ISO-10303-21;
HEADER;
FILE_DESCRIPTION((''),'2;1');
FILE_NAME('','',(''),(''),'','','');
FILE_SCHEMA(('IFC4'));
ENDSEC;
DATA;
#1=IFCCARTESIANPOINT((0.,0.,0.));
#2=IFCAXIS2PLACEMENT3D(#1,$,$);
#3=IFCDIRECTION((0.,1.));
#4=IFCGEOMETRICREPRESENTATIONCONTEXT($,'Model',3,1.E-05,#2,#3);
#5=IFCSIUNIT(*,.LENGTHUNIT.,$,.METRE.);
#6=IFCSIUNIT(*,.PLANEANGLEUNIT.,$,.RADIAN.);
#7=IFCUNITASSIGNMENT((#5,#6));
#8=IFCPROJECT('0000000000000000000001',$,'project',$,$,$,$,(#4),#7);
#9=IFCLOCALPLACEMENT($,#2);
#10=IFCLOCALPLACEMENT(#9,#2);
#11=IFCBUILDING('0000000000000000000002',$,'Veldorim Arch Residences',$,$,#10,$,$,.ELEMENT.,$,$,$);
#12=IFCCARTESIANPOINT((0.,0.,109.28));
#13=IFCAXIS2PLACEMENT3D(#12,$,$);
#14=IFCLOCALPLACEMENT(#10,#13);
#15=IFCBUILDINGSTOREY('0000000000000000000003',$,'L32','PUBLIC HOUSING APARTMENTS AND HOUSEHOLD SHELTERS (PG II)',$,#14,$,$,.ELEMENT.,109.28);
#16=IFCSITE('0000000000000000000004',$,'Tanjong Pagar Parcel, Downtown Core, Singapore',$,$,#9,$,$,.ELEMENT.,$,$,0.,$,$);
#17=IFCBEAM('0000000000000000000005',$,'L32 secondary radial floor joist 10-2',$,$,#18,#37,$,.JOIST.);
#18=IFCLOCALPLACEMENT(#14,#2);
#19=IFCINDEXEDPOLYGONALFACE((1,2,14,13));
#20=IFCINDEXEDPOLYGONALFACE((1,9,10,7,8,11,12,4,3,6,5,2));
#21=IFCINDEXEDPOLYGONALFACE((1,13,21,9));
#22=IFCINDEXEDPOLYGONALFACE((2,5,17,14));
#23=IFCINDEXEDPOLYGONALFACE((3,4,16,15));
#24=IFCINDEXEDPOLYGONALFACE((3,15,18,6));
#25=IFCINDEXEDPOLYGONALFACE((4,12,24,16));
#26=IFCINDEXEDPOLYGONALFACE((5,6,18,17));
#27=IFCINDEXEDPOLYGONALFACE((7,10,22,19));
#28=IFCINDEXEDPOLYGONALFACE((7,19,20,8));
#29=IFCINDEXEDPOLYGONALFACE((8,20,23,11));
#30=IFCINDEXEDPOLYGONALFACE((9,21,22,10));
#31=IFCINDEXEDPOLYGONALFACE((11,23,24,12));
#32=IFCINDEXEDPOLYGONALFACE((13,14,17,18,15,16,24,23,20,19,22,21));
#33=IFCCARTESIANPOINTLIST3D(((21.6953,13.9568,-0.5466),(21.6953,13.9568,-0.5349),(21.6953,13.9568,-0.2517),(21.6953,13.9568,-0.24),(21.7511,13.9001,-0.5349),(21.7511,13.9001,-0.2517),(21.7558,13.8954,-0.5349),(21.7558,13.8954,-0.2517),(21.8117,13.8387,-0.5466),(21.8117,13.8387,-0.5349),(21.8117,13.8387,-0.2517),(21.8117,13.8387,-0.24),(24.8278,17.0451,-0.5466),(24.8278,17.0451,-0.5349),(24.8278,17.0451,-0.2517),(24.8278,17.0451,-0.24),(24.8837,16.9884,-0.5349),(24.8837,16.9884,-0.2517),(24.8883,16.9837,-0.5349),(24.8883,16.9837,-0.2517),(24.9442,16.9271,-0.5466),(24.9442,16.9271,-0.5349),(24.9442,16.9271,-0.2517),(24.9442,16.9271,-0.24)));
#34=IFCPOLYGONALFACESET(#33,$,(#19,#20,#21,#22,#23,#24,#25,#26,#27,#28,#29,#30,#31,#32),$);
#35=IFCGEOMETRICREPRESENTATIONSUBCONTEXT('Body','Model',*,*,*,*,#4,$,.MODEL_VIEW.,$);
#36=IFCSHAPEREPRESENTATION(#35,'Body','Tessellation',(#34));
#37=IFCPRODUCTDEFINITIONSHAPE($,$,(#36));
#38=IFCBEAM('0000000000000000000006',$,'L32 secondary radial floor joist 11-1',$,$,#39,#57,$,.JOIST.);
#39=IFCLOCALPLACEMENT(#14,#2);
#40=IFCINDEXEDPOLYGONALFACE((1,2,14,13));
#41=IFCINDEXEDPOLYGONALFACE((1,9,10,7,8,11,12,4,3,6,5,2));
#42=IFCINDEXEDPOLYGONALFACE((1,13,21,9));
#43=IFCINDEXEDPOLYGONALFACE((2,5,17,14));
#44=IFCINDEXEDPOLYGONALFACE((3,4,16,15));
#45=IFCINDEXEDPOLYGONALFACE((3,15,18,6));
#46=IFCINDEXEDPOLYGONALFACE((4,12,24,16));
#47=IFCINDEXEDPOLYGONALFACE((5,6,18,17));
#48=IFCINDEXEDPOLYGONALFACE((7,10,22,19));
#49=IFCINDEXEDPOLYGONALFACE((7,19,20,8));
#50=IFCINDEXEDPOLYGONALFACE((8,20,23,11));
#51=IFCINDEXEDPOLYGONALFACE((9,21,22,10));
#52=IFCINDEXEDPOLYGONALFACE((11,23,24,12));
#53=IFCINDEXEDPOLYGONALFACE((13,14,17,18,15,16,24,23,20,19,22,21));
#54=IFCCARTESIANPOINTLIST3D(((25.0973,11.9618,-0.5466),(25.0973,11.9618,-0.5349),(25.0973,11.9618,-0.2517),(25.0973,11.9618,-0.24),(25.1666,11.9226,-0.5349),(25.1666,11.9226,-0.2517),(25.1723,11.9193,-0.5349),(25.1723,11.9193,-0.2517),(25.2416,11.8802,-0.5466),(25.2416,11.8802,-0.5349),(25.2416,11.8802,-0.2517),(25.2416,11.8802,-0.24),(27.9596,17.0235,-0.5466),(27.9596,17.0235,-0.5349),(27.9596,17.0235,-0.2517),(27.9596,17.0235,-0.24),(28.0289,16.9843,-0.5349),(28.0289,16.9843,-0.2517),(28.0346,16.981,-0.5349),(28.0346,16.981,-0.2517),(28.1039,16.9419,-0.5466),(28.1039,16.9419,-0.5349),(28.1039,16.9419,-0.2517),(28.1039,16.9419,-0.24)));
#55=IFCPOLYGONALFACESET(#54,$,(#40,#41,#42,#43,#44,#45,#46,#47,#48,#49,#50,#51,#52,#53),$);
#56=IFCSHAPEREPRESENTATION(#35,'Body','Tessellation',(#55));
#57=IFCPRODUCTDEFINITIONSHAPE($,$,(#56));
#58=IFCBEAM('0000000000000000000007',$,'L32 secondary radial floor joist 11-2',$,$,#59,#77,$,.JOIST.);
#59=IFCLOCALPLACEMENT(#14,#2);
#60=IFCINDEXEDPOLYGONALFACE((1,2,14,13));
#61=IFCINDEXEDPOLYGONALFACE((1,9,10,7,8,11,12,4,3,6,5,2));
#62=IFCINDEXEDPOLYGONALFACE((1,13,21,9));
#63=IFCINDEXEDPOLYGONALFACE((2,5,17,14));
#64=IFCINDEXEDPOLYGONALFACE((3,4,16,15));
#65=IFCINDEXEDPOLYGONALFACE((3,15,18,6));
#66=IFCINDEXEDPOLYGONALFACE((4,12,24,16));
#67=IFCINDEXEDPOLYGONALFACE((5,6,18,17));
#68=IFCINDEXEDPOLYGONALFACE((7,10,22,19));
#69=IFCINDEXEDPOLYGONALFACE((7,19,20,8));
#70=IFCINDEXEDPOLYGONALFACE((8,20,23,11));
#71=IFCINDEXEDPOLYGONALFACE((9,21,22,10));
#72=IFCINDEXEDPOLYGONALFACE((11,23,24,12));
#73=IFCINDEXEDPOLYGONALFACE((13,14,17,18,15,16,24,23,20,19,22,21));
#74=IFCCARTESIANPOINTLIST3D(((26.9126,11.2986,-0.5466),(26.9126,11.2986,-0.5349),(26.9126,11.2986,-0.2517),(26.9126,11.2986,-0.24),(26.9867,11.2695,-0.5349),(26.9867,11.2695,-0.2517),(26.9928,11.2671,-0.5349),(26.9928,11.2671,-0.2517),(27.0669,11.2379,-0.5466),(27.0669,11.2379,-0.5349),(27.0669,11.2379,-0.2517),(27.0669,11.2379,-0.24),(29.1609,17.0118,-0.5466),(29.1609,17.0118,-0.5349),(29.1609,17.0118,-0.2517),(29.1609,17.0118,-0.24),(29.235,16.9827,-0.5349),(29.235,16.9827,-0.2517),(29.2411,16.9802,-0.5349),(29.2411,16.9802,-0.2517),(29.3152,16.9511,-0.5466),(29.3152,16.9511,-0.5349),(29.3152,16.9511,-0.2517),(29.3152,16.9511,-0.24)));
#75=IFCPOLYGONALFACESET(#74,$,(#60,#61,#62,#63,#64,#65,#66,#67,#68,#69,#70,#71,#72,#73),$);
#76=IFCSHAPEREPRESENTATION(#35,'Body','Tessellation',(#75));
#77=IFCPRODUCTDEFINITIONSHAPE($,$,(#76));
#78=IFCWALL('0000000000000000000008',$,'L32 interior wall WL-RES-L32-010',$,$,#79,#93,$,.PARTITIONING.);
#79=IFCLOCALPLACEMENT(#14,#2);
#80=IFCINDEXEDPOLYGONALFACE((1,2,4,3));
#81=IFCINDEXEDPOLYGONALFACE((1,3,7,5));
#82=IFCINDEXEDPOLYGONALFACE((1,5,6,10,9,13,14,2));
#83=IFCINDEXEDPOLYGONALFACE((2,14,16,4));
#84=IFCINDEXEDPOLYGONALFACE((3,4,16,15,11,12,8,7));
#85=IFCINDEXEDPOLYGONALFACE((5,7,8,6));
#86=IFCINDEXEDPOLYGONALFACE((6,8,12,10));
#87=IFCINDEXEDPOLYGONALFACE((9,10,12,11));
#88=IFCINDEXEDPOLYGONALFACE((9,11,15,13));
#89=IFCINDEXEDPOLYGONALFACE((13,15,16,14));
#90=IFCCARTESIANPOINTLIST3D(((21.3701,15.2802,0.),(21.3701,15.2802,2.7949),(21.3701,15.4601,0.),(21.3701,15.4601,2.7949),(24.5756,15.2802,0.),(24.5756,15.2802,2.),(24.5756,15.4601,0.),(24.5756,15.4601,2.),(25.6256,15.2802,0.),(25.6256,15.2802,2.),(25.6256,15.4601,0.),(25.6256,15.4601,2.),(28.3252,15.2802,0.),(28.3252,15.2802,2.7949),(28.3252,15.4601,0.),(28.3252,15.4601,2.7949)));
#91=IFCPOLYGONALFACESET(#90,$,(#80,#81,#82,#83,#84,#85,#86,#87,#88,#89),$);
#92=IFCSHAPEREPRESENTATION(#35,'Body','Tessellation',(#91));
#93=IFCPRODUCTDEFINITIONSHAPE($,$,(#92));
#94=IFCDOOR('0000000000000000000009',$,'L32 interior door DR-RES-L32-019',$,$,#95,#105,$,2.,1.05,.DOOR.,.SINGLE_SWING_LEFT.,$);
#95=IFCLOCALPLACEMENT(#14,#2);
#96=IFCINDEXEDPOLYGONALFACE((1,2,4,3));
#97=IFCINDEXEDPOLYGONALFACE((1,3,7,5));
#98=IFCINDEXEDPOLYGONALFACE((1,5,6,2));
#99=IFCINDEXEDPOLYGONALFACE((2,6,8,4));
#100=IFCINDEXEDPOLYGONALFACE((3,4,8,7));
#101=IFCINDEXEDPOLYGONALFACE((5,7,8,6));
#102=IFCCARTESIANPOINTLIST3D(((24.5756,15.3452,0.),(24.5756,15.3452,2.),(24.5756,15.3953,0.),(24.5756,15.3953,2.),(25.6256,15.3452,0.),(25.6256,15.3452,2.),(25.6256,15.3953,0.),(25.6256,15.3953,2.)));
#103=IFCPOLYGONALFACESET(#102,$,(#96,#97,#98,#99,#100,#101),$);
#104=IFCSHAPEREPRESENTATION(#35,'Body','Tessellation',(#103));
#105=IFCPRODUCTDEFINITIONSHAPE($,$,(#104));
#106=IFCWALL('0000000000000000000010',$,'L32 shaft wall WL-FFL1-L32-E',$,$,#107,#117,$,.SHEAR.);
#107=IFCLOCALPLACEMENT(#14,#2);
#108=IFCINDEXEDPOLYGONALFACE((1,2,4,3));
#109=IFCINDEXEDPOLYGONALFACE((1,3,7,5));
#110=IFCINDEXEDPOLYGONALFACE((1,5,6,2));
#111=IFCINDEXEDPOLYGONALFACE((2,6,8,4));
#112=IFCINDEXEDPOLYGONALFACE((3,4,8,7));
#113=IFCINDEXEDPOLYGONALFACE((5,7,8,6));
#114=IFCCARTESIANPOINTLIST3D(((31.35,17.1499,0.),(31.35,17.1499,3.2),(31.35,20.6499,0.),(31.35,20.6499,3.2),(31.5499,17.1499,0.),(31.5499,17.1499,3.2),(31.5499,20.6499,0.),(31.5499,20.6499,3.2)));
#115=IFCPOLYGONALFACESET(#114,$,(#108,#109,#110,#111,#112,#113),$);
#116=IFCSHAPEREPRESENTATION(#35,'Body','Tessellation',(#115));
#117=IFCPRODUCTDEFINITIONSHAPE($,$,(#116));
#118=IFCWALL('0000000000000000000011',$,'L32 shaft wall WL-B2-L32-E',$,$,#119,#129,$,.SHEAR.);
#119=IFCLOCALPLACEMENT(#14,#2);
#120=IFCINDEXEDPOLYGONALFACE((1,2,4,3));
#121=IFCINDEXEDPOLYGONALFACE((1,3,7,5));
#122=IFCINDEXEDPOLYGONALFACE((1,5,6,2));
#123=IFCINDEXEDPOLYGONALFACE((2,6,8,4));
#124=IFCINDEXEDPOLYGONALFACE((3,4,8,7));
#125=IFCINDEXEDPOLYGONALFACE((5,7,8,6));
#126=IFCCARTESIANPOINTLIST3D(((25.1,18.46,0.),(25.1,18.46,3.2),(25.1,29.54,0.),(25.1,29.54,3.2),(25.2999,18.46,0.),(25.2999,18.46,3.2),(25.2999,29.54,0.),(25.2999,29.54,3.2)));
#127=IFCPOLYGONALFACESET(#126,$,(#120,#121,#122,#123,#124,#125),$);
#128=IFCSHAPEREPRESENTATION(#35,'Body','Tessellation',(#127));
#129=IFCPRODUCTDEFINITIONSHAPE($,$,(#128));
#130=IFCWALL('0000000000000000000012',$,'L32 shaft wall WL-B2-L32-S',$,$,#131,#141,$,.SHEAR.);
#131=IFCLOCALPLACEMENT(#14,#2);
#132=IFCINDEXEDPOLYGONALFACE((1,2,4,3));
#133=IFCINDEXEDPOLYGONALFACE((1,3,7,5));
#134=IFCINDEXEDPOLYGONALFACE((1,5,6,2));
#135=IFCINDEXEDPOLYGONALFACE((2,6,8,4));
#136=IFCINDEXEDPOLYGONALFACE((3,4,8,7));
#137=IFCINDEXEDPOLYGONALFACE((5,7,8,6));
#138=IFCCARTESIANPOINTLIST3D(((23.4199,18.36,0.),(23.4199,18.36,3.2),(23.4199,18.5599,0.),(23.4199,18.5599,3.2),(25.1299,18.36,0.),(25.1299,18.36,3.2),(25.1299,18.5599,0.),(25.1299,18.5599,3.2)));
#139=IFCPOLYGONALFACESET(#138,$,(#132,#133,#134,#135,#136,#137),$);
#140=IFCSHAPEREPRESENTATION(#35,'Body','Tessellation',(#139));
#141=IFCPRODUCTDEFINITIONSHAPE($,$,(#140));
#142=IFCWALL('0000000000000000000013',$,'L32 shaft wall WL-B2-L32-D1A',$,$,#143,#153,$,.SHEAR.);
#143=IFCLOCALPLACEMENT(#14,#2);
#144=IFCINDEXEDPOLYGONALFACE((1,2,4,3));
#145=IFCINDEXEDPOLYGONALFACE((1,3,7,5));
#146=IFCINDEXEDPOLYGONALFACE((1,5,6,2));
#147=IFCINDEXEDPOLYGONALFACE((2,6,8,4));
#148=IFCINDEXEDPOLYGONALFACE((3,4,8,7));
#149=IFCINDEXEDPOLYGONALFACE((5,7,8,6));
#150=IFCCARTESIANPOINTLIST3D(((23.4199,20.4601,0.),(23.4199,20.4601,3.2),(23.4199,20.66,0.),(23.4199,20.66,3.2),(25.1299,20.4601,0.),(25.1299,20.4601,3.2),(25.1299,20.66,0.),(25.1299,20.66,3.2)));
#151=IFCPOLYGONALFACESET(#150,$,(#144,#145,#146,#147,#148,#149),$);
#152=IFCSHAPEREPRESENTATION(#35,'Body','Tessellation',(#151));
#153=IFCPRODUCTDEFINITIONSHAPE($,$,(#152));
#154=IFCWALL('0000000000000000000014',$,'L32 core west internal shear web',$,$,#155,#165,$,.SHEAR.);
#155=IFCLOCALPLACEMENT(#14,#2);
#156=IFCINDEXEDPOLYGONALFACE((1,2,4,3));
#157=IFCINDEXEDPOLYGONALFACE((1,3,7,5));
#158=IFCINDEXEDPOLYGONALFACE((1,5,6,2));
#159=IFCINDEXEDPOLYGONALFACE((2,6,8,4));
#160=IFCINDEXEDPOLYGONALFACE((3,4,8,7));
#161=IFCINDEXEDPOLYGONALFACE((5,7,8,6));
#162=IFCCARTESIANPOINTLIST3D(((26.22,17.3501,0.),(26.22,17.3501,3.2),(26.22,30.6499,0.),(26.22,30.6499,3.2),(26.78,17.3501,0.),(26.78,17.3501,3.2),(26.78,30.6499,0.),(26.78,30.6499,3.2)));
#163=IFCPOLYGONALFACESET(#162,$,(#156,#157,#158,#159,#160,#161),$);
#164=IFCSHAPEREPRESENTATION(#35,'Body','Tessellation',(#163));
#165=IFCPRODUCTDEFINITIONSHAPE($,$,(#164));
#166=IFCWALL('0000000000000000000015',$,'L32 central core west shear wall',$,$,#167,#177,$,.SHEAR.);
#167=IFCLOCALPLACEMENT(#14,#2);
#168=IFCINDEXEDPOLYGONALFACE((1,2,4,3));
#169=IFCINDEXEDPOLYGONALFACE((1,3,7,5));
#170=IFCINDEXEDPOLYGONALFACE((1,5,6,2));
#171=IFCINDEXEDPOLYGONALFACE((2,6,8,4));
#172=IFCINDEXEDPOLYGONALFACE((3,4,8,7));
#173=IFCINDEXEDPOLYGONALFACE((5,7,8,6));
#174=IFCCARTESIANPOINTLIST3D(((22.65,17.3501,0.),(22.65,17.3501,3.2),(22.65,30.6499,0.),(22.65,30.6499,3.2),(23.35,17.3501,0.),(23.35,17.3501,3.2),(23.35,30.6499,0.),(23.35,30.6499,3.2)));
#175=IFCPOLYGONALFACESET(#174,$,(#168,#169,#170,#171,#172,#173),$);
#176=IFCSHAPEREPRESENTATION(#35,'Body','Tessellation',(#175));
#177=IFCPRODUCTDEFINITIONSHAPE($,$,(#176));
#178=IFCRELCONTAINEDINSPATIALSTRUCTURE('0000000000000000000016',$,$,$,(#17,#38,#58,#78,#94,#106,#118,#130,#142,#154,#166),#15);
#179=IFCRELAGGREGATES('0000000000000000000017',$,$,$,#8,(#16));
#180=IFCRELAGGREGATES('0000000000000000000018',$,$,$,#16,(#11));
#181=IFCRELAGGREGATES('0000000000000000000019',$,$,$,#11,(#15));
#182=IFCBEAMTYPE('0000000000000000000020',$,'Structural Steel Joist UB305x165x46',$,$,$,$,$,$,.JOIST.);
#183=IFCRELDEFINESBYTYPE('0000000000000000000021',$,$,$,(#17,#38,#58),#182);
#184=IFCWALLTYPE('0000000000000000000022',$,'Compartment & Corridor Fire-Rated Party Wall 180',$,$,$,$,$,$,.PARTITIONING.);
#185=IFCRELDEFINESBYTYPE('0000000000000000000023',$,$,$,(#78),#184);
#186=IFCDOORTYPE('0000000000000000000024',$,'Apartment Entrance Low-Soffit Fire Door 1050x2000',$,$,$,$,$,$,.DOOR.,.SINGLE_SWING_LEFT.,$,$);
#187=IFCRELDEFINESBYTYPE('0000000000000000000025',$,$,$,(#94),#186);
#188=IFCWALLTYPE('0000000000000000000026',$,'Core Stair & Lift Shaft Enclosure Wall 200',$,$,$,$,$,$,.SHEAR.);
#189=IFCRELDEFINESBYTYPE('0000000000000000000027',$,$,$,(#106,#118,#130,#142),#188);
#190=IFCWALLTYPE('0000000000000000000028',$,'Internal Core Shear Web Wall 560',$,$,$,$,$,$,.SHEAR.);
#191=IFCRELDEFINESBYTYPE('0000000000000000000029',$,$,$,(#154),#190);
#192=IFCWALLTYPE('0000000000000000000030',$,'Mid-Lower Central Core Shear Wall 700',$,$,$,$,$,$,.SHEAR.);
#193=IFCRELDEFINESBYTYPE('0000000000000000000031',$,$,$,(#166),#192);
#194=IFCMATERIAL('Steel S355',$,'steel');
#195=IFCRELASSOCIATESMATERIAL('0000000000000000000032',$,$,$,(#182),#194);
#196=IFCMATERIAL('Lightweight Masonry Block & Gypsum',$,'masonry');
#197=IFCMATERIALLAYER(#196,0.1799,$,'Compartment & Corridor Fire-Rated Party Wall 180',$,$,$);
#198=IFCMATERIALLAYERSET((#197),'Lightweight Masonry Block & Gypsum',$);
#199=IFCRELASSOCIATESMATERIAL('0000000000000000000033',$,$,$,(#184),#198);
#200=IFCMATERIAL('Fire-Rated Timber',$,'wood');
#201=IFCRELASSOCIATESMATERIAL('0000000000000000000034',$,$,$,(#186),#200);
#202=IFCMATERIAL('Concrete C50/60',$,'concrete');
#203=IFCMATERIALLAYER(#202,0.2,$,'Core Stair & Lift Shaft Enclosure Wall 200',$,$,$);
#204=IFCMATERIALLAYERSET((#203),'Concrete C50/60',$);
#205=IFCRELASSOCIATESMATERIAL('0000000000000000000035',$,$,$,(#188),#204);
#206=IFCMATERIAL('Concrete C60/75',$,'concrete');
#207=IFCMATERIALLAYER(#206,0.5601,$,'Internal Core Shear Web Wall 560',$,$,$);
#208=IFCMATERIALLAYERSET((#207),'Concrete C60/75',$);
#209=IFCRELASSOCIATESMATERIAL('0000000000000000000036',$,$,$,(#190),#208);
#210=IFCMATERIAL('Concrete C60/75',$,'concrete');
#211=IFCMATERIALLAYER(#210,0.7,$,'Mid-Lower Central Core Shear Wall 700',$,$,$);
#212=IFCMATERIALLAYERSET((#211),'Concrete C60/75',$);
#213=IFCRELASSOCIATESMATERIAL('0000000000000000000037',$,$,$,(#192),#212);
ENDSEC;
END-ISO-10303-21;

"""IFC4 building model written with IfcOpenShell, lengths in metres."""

from ifc_helpers import new_model, si_unit, direction, frame, frame_2d, origin, origin_2d, place, context, subcontext, project, spatial, rectangle, i_section, extrude, material, layer, layer_set, material_profile, profile_set, type_object, element, fill, save


model = new_model("IFC4")

# Units and contexts
model_context = context("Model", 3, precision=1e-05, world=origin(), true_north=direction((0.0, 1.0)))
body_context = subcontext(model_context, "Body", "Model", "MODEL_VIEW")
ifc_project = project(units=[si_unit("LENGTHUNIT", "METRE"), si_unit("PLANEANGLEUNIT", "RADIAN")], contexts=[model_context])

# Site, building, storey
site_placement = place(None, origin())
site = spatial("IfcSite", under=ifc_project, at=site_placement, Name="Tanjong Pagar Parcel, Downtown Core, Singapore", CompositionType="ELEMENT", RefElevation=0.0)
building_placement = place(site_placement, origin())
building = spatial("IfcBuilding", under=site, at=building_placement, Name="Veldorim Arch Residences", CompositionType="ELEMENT")
storey_placement = place(building_placement, frame((0.0, 0.0, 109.28)))
storey = spatial("IfcBuildingStorey", under=building, at=storey_placement, Name="L32", Description="PUBLIC HOUSING APARTMENTS AND HOUSEHOLD SHELTERS (PG II)", CompositionType="ELEMENT", Elevation=109.28)

# Beams
ifc_material_1 = material(Name="Steel S355", Category="steel")
ifc_material_profile_1 = material_profile(ifc_material_1, i_section(OverallWidth=0.1658, OverallDepth=0.3066, WebThickness=0.0066, FlangeThickness=0.0117, at=origin_2d()), Name="UB305x165x46")
ifc_profile_set_1 = profile_set([ifc_material_profile_1], Name="Steel S355")
beam_type_1 = type_object("IfcBeamType", Name="Structural Steel Joist UB305x165x46", PredefinedType="JOIST", material=ifc_profile_set_1)
beam_1_placement = place(storey_placement, frame((24.886, 16.9861, -0.3933), z_axis=(-0.712112, -0.702066, 0.0), x_axis=(0.702066, -0.712112, 0.0)))
element("IfcBeam", 1, at=beam_1_placement, inside=storey, type_object=beam_type_1, Name="L32 secondary radial floor joist 10-2", PredefinedType="JOIST", context=body_context, shape_type="SweptSolid", body=[
    extrude(i_section(OverallWidth=0.1658, OverallDepth=0.3066, WebThickness=0.0066, FlangeThickness=0.0117, at=origin_2d()), origin(), (0.0, 0.0, 1.0), 4.3989),
])
beam_2_placement = place(storey_placement, frame((28.0317, 16.9827, -0.3933), z_axis=(-0.492227, -0.870467, 0.0), x_axis=(0.870467, -0.492227, 0.0)))
element("IfcBeam", 2, at=beam_2_placement, inside=storey, type_object=beam_type_1, Name="L32 secondary radial floor joist 11-1", PredefinedType="JOIST", context=body_context, shape_type="SweptSolid", body=[
    extrude(i_section(OverallWidth=0.1658, OverallDepth=0.3066, WebThickness=0.0066, FlangeThickness=0.0117, at=origin_2d()), origin(), (0.0, 0.0, 1.0), 5.8149),
])
beam_3_placement = place(storey_placement, frame((29.238, 16.9814, -0.3933), z_axis=(-0.366195, -0.930538, 0.0), x_axis=(0.930538, -0.366195, 0.0)))
element("IfcBeam", 3, at=beam_3_placement, inside=storey, type_object=beam_type_1, Name="L32 secondary radial floor joist 11-2", PredefinedType="JOIST", context=body_context, shape_type="SweptSolid", body=[
    extrude(i_section(OverallWidth=0.1658, OverallDepth=0.3066, WebThickness=0.0066, FlangeThickness=0.0117, at=origin_2d()), origin(), (0.0, 0.0, 1.0), 6.1396),
])

# Wall, opening, door
ifc_material_2 = material(Name="Lightweight Masonry Block & Gypsum", Category="masonry")
ifc_layer_1 = layer(ifc_material_2, 0.1799, Name="Compartment & Corridor Fire-Rated Party Wall 180")
ifc_layer_set_1 = layer_set([ifc_layer_1], Name="Lightweight Masonry Block & Gypsum")
wall_type_1 = type_object("IfcWallType", Name="Compartment & Corridor Fire-Rated Party Wall 180", PredefinedType="PARTITIONING", material=ifc_layer_set_1)
wall_1_placement = place(storey_placement, frame((28.3252, 15.3701, 0.0), z_axis=(0.0, 0.0, 1.0), x_axis=(-1.0, 0.0, 0.0)))
wall_1 = element("IfcWall", 4, at=wall_1_placement, inside=storey, type_object=wall_type_1, Name="L32 interior wall WL-RES-L32-010", PredefinedType="PARTITIONING", context=body_context, shape_type="SweptSolid", body=[
    extrude(rectangle(XDim=6.9551, YDim=0.1799, at=frame_2d((3.4775, 0.0))), origin(), (0.0, 0.0, 1.0), 2.7949),
])
opening_1_placement = place(wall_1_placement, frame((2.6997, 0.0, 0.0)))
opening_1 = element("IfcOpeningElement", 5, at=opening_1_placement, cuts=wall_1, PredefinedType="OPENING", context=body_context, shape_type="SweptSolid", body=[
    extrude(rectangle(XDim=1.05, YDim=2.0, at=frame_2d((0.5249, 1.0))), frame((0.0, 0.0999, 0.0), z_axis=(0.0, -1.0, 0.0), x_axis=(1.0, 0.0, 0.0)), (0.0, 0.0, 1.0), 0.2),
])
ifc_material_3 = material(Name="Fire-Rated Timber", Category="wood")
door_type_1 = type_object("IfcDoorType", Name="Apartment Entrance Low-Soffit Fire Door 1050x2000", OperationType="SINGLE_SWING_LEFT", PredefinedType="DOOR", material=ifc_material_3)
door_1_placement = place(opening_1_placement, origin())
door_1 = element("IfcDoor", 6, at=door_1_placement, inside=storey, type_object=door_type_1, Name="L32 interior door DR-RES-L32-019", OperationType="SINGLE_SWING_LEFT", OverallHeight=2.0, OverallWidth=1.05, PredefinedType="DOOR", context=body_context, shape_type="SweptSolid", body=[
    extrude(rectangle(XDim=1.05, YDim=2.0, at=frame_2d((0.5249, 1.0))), frame((0.0, 0.0249, 0.0), z_axis=(0.0, -1.0, 0.0), x_axis=(1.0, 0.0, 0.0)), (0.0, 0.0, 1.0), 0.05),
])
fill(opening_1, door_1)
ifc_material_4 = material(Name="Concrete C50/60", Category="concrete")
ifc_layer_2 = layer(ifc_material_4, 0.2, Name="Core Stair & Lift Shaft Enclosure Wall 200")
ifc_layer_set_2 = layer_set([ifc_layer_2], Name="Concrete C50/60")
wall_type_2 = type_object("IfcWallType", Name="Core Stair & Lift Shaft Enclosure Wall 200", PredefinedType="SHEAR", material=ifc_layer_set_2)

# Wall
wall_2_placement = place(storey_placement, frame((31.45, 17.1499, 0.0), z_axis=(0.0, 0.0, 1.0), x_axis=(0.0, 1.0, 0.0)))
element("IfcWall", 7, at=wall_2_placement, inside=storey, type_object=wall_type_2, Name="L32 shaft wall WL-FFL1-L32-E", PredefinedType="SHEAR", context=body_context, shape_type="SweptSolid", body=[
    extrude(rectangle(XDim=3.5, YDim=0.2, at=frame_2d((1.75, 0.0))), origin(), (0.0, 0.0, 1.0), 3.2),
])

# Walls
wall_3_placement = place(storey_placement, frame((25.2, 18.46, 0.0), z_axis=(0.0, 0.0, 1.0), x_axis=(0.0, 1.0, 0.0)))
element("IfcWall", 8, at=wall_3_placement, inside=storey, type_object=wall_type_2, Name="L32 shaft wall WL-B2-L32-E", PredefinedType="SHEAR", context=body_context, shape_type="SweptSolid", body=[
    extrude(rectangle(XDim=11.0801, YDim=0.2, at=frame_2d((5.54, 0.0))), origin(), (0.0, 0.0, 1.0), 3.2),
])
for number, where, z_axis, x_axis, name in (
    (9, (23.4199, 18.46, 0.0), (0.0, 0.0, 1.0), (1.0, 0.0, 0.0), "L32 shaft wall WL-B2-L32-S"),
    (10, (23.4199, 20.5601, 0.0), (0.0, 0.0, 1.0), (1.0, 0.0, 0.0), "L32 shaft wall WL-B2-L32-D1A"),
):
    element("IfcWall", number, at=place(storey_placement, frame(where, z_axis=z_axis, x_axis=x_axis)), inside=storey, type_object=wall_type_2, Name=name, PredefinedType="SHEAR", context=body_context, shape_type="SweptSolid", body=[
        extrude(rectangle(XDim=1.71, YDim=0.2, at=frame_2d((0.855, 0.0))), origin(), (0.0, 0.0, 1.0), 3.2),
    ])
ifc_material_5 = material(Name="Concrete C60/75", Category="concrete")
ifc_layer_3 = layer(ifc_material_5, 0.5601, Name="Internal Core Shear Web Wall 560")
ifc_layer_set_3 = layer_set([ifc_layer_3], Name="Concrete C60/75")
wall_type_3 = type_object("IfcWallType", Name="Internal Core Shear Web Wall 560", PredefinedType="SHEAR", material=ifc_layer_set_3)
wall_4_placement = place(storey_placement, frame((26.5, 17.3501, 0.0), z_axis=(0.0, 0.0, 1.0), x_axis=(0.0, 1.0, 0.0)))
element("IfcWall", 11, at=wall_4_placement, inside=storey, type_object=wall_type_3, Name="L32 core west internal shear web", PredefinedType="SHEAR", context=body_context, shape_type="SweptSolid", body=[
    extrude(rectangle(XDim=13.2998, YDim=0.5601, at=frame_2d((6.6499, 0.0))), origin(), (0.0, 0.0, 1.0), 3.2),
])
ifc_material_6 = material(Name="Concrete C60/75", Category="concrete")
ifc_layer_4 = layer(ifc_material_6, 0.7, Name="Mid-Lower Central Core Shear Wall 700")
ifc_layer_set_4 = layer_set([ifc_layer_4], Name="Concrete C60/75")
wall_type_4 = type_object("IfcWallType", Name="Mid-Lower Central Core Shear Wall 700", PredefinedType="SHEAR", material=ifc_layer_set_4)
wall_5_placement = place(storey_placement, frame((23.0, 17.3501, 0.0), z_axis=(0.0, 0.0, 1.0), x_axis=(0.0, 1.0, 0.0)))
element("IfcWall", 12, at=wall_5_placement, inside=storey, type_object=wall_type_4, Name="L32 central core west shear wall", PredefinedType="SHEAR", context=body_context, shape_type="SweptSolid", body=[
    extrude(rectangle(XDim=13.2998, YDim=0.7, at=frame_2d((6.6499, 0.0))), origin(), (0.0, 0.0, 1.0), 3.2),
])

save(model, "model.ifc")
